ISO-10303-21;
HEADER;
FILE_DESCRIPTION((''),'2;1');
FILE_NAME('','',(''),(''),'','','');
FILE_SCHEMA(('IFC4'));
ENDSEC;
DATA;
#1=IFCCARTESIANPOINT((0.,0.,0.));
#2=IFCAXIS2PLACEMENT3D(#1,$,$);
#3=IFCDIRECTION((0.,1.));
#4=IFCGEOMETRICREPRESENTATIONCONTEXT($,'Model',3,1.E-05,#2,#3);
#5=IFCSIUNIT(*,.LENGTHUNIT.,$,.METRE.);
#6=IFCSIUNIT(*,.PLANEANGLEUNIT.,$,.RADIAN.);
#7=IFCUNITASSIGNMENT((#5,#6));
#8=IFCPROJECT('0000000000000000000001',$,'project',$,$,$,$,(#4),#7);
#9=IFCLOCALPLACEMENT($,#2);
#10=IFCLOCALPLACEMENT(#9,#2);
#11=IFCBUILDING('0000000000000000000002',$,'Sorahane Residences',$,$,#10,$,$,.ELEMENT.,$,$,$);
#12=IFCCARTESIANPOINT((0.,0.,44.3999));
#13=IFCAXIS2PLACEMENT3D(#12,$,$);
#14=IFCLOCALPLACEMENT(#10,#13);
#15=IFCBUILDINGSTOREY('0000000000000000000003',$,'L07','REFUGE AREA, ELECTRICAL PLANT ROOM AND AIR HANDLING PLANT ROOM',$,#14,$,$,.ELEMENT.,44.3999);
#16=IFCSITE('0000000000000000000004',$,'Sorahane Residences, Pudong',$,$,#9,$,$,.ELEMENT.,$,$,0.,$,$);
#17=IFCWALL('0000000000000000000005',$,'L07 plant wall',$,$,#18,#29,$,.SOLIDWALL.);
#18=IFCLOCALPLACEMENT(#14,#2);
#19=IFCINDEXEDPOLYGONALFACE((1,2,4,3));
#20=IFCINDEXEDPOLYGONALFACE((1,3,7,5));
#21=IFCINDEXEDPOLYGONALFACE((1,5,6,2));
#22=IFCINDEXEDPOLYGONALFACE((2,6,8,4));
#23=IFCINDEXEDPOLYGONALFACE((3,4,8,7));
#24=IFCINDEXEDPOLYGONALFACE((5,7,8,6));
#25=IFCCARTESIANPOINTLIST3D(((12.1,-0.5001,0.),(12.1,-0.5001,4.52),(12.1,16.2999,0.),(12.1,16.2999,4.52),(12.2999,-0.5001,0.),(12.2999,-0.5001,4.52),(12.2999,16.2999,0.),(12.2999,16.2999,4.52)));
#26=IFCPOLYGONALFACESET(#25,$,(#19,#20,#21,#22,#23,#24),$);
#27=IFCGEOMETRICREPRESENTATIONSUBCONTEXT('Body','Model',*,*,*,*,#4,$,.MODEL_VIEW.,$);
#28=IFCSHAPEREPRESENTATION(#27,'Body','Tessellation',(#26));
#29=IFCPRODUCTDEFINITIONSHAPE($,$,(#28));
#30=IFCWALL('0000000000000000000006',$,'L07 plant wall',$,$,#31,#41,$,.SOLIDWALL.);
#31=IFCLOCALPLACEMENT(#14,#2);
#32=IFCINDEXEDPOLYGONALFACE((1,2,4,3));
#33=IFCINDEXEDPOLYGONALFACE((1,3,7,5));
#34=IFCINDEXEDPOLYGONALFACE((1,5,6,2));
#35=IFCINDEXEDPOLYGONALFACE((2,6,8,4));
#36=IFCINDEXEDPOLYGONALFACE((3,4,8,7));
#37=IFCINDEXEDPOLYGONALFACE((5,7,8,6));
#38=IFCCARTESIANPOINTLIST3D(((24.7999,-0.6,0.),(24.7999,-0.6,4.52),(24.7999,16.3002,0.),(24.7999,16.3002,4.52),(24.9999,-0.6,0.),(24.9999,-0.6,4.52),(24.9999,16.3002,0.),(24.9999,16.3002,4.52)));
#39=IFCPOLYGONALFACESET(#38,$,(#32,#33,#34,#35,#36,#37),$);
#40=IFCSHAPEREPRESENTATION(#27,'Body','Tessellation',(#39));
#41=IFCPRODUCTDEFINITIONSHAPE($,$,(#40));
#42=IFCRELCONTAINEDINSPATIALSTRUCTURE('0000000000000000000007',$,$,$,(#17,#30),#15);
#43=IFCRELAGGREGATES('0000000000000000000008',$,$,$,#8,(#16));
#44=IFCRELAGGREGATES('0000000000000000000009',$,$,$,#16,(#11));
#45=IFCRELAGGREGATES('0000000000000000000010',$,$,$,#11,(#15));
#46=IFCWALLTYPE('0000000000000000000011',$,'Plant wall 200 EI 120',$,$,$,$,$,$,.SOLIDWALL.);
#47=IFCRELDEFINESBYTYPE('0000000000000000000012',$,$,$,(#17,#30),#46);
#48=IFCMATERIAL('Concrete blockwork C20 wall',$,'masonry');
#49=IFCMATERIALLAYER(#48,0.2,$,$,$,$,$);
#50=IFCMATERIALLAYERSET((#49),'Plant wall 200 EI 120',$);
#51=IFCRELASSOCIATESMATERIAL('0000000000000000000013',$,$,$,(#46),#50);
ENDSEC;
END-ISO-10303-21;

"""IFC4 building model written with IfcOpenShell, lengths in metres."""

from ifc_helpers import new_model, si_unit, direction, frame, frame_2d, origin, place, context, subcontext, project, spatial, rectangle, extrude, material, layer, layer_set, type_object, element, save


model = new_model("IFC4")

# Units and contexts
model_context = context("Model", 3, precision=1e-05, world=origin(), true_north=direction((0.0, 1.0)))
body_context = subcontext(model_context, "Body", "Model", "MODEL_VIEW")
ifc_project = project(units=[si_unit("LENGTHUNIT", "METRE"), si_unit("PLANEANGLEUNIT", "RADIAN")], contexts=[model_context])

# Site, building, storey
site_placement = place(None, origin())
site = spatial("IfcSite", under=ifc_project, at=site_placement, Name="Sorahane Residences, Pudong", CompositionType="ELEMENT", RefElevation=0.0)
building_placement = place(site_placement, origin())
building = spatial("IfcBuilding", under=site, at=building_placement, Name="Sorahane Residences", CompositionType="ELEMENT")
storey_placement = place(building_placement, frame((0.0, 0.0, 44.3999)))
storey = spatial("IfcBuildingStorey", under=building, at=storey_placement, Name="L07", Description="REFUGE AREA, ELECTRICAL PLANT ROOM AND AIR HANDLING PLANT ROOM", CompositionType="ELEMENT", Elevation=44.3999)

# Walls
ifc_material_1 = material(Name="Concrete blockwork C20 wall", Category="masonry")
ifc_layer_1 = layer(ifc_material_1, 0.2)
ifc_layer_set_1 = layer_set([ifc_layer_1], Name="Plant wall 200 EI 120")
wall_type_1 = type_object("IfcWallType", Name="Plant wall 200 EI 120", PredefinedType="SOLIDWALL", material=ifc_layer_set_1)
wall_1_placement = place(storey_placement, frame((12.2, -0.5, 0.0), z_axis=(0.0, 0.0, 1.0), x_axis=(0.0, 1.0, 0.0)))
element("IfcWall", 1, at=wall_1_placement, inside=storey, type_object=wall_type_1, Name="L07 plant wall", PredefinedType="SOLIDWALL", context=body_context, shape_type="SweptSolid", body=[
    extrude(rectangle(XDim=16.8, YDim=0.2, at=frame_2d((8.3999, 0.0))), origin(), (0.0, 0.0, 1.0), 4.52),
])
wall_2_placement = place(storey_placement, frame((24.8999, -0.6001, 0.0), z_axis=(0.0, 0.0, 1.0), x_axis=(0.0, 1.0, 0.0)))
element("IfcWall", 2, at=wall_2_placement, inside=storey, type_object=wall_type_1, Name="L07 plant wall", PredefinedType="SOLIDWALL", context=body_context, shape_type="SweptSolid", body=[
    extrude(rectangle(XDim=16.9001, YDim=0.2, at=frame_2d((8.4502, 0.0))), origin(), (0.0, 0.0, 1.0), 4.52),
])

save(model, "model.ifc")
